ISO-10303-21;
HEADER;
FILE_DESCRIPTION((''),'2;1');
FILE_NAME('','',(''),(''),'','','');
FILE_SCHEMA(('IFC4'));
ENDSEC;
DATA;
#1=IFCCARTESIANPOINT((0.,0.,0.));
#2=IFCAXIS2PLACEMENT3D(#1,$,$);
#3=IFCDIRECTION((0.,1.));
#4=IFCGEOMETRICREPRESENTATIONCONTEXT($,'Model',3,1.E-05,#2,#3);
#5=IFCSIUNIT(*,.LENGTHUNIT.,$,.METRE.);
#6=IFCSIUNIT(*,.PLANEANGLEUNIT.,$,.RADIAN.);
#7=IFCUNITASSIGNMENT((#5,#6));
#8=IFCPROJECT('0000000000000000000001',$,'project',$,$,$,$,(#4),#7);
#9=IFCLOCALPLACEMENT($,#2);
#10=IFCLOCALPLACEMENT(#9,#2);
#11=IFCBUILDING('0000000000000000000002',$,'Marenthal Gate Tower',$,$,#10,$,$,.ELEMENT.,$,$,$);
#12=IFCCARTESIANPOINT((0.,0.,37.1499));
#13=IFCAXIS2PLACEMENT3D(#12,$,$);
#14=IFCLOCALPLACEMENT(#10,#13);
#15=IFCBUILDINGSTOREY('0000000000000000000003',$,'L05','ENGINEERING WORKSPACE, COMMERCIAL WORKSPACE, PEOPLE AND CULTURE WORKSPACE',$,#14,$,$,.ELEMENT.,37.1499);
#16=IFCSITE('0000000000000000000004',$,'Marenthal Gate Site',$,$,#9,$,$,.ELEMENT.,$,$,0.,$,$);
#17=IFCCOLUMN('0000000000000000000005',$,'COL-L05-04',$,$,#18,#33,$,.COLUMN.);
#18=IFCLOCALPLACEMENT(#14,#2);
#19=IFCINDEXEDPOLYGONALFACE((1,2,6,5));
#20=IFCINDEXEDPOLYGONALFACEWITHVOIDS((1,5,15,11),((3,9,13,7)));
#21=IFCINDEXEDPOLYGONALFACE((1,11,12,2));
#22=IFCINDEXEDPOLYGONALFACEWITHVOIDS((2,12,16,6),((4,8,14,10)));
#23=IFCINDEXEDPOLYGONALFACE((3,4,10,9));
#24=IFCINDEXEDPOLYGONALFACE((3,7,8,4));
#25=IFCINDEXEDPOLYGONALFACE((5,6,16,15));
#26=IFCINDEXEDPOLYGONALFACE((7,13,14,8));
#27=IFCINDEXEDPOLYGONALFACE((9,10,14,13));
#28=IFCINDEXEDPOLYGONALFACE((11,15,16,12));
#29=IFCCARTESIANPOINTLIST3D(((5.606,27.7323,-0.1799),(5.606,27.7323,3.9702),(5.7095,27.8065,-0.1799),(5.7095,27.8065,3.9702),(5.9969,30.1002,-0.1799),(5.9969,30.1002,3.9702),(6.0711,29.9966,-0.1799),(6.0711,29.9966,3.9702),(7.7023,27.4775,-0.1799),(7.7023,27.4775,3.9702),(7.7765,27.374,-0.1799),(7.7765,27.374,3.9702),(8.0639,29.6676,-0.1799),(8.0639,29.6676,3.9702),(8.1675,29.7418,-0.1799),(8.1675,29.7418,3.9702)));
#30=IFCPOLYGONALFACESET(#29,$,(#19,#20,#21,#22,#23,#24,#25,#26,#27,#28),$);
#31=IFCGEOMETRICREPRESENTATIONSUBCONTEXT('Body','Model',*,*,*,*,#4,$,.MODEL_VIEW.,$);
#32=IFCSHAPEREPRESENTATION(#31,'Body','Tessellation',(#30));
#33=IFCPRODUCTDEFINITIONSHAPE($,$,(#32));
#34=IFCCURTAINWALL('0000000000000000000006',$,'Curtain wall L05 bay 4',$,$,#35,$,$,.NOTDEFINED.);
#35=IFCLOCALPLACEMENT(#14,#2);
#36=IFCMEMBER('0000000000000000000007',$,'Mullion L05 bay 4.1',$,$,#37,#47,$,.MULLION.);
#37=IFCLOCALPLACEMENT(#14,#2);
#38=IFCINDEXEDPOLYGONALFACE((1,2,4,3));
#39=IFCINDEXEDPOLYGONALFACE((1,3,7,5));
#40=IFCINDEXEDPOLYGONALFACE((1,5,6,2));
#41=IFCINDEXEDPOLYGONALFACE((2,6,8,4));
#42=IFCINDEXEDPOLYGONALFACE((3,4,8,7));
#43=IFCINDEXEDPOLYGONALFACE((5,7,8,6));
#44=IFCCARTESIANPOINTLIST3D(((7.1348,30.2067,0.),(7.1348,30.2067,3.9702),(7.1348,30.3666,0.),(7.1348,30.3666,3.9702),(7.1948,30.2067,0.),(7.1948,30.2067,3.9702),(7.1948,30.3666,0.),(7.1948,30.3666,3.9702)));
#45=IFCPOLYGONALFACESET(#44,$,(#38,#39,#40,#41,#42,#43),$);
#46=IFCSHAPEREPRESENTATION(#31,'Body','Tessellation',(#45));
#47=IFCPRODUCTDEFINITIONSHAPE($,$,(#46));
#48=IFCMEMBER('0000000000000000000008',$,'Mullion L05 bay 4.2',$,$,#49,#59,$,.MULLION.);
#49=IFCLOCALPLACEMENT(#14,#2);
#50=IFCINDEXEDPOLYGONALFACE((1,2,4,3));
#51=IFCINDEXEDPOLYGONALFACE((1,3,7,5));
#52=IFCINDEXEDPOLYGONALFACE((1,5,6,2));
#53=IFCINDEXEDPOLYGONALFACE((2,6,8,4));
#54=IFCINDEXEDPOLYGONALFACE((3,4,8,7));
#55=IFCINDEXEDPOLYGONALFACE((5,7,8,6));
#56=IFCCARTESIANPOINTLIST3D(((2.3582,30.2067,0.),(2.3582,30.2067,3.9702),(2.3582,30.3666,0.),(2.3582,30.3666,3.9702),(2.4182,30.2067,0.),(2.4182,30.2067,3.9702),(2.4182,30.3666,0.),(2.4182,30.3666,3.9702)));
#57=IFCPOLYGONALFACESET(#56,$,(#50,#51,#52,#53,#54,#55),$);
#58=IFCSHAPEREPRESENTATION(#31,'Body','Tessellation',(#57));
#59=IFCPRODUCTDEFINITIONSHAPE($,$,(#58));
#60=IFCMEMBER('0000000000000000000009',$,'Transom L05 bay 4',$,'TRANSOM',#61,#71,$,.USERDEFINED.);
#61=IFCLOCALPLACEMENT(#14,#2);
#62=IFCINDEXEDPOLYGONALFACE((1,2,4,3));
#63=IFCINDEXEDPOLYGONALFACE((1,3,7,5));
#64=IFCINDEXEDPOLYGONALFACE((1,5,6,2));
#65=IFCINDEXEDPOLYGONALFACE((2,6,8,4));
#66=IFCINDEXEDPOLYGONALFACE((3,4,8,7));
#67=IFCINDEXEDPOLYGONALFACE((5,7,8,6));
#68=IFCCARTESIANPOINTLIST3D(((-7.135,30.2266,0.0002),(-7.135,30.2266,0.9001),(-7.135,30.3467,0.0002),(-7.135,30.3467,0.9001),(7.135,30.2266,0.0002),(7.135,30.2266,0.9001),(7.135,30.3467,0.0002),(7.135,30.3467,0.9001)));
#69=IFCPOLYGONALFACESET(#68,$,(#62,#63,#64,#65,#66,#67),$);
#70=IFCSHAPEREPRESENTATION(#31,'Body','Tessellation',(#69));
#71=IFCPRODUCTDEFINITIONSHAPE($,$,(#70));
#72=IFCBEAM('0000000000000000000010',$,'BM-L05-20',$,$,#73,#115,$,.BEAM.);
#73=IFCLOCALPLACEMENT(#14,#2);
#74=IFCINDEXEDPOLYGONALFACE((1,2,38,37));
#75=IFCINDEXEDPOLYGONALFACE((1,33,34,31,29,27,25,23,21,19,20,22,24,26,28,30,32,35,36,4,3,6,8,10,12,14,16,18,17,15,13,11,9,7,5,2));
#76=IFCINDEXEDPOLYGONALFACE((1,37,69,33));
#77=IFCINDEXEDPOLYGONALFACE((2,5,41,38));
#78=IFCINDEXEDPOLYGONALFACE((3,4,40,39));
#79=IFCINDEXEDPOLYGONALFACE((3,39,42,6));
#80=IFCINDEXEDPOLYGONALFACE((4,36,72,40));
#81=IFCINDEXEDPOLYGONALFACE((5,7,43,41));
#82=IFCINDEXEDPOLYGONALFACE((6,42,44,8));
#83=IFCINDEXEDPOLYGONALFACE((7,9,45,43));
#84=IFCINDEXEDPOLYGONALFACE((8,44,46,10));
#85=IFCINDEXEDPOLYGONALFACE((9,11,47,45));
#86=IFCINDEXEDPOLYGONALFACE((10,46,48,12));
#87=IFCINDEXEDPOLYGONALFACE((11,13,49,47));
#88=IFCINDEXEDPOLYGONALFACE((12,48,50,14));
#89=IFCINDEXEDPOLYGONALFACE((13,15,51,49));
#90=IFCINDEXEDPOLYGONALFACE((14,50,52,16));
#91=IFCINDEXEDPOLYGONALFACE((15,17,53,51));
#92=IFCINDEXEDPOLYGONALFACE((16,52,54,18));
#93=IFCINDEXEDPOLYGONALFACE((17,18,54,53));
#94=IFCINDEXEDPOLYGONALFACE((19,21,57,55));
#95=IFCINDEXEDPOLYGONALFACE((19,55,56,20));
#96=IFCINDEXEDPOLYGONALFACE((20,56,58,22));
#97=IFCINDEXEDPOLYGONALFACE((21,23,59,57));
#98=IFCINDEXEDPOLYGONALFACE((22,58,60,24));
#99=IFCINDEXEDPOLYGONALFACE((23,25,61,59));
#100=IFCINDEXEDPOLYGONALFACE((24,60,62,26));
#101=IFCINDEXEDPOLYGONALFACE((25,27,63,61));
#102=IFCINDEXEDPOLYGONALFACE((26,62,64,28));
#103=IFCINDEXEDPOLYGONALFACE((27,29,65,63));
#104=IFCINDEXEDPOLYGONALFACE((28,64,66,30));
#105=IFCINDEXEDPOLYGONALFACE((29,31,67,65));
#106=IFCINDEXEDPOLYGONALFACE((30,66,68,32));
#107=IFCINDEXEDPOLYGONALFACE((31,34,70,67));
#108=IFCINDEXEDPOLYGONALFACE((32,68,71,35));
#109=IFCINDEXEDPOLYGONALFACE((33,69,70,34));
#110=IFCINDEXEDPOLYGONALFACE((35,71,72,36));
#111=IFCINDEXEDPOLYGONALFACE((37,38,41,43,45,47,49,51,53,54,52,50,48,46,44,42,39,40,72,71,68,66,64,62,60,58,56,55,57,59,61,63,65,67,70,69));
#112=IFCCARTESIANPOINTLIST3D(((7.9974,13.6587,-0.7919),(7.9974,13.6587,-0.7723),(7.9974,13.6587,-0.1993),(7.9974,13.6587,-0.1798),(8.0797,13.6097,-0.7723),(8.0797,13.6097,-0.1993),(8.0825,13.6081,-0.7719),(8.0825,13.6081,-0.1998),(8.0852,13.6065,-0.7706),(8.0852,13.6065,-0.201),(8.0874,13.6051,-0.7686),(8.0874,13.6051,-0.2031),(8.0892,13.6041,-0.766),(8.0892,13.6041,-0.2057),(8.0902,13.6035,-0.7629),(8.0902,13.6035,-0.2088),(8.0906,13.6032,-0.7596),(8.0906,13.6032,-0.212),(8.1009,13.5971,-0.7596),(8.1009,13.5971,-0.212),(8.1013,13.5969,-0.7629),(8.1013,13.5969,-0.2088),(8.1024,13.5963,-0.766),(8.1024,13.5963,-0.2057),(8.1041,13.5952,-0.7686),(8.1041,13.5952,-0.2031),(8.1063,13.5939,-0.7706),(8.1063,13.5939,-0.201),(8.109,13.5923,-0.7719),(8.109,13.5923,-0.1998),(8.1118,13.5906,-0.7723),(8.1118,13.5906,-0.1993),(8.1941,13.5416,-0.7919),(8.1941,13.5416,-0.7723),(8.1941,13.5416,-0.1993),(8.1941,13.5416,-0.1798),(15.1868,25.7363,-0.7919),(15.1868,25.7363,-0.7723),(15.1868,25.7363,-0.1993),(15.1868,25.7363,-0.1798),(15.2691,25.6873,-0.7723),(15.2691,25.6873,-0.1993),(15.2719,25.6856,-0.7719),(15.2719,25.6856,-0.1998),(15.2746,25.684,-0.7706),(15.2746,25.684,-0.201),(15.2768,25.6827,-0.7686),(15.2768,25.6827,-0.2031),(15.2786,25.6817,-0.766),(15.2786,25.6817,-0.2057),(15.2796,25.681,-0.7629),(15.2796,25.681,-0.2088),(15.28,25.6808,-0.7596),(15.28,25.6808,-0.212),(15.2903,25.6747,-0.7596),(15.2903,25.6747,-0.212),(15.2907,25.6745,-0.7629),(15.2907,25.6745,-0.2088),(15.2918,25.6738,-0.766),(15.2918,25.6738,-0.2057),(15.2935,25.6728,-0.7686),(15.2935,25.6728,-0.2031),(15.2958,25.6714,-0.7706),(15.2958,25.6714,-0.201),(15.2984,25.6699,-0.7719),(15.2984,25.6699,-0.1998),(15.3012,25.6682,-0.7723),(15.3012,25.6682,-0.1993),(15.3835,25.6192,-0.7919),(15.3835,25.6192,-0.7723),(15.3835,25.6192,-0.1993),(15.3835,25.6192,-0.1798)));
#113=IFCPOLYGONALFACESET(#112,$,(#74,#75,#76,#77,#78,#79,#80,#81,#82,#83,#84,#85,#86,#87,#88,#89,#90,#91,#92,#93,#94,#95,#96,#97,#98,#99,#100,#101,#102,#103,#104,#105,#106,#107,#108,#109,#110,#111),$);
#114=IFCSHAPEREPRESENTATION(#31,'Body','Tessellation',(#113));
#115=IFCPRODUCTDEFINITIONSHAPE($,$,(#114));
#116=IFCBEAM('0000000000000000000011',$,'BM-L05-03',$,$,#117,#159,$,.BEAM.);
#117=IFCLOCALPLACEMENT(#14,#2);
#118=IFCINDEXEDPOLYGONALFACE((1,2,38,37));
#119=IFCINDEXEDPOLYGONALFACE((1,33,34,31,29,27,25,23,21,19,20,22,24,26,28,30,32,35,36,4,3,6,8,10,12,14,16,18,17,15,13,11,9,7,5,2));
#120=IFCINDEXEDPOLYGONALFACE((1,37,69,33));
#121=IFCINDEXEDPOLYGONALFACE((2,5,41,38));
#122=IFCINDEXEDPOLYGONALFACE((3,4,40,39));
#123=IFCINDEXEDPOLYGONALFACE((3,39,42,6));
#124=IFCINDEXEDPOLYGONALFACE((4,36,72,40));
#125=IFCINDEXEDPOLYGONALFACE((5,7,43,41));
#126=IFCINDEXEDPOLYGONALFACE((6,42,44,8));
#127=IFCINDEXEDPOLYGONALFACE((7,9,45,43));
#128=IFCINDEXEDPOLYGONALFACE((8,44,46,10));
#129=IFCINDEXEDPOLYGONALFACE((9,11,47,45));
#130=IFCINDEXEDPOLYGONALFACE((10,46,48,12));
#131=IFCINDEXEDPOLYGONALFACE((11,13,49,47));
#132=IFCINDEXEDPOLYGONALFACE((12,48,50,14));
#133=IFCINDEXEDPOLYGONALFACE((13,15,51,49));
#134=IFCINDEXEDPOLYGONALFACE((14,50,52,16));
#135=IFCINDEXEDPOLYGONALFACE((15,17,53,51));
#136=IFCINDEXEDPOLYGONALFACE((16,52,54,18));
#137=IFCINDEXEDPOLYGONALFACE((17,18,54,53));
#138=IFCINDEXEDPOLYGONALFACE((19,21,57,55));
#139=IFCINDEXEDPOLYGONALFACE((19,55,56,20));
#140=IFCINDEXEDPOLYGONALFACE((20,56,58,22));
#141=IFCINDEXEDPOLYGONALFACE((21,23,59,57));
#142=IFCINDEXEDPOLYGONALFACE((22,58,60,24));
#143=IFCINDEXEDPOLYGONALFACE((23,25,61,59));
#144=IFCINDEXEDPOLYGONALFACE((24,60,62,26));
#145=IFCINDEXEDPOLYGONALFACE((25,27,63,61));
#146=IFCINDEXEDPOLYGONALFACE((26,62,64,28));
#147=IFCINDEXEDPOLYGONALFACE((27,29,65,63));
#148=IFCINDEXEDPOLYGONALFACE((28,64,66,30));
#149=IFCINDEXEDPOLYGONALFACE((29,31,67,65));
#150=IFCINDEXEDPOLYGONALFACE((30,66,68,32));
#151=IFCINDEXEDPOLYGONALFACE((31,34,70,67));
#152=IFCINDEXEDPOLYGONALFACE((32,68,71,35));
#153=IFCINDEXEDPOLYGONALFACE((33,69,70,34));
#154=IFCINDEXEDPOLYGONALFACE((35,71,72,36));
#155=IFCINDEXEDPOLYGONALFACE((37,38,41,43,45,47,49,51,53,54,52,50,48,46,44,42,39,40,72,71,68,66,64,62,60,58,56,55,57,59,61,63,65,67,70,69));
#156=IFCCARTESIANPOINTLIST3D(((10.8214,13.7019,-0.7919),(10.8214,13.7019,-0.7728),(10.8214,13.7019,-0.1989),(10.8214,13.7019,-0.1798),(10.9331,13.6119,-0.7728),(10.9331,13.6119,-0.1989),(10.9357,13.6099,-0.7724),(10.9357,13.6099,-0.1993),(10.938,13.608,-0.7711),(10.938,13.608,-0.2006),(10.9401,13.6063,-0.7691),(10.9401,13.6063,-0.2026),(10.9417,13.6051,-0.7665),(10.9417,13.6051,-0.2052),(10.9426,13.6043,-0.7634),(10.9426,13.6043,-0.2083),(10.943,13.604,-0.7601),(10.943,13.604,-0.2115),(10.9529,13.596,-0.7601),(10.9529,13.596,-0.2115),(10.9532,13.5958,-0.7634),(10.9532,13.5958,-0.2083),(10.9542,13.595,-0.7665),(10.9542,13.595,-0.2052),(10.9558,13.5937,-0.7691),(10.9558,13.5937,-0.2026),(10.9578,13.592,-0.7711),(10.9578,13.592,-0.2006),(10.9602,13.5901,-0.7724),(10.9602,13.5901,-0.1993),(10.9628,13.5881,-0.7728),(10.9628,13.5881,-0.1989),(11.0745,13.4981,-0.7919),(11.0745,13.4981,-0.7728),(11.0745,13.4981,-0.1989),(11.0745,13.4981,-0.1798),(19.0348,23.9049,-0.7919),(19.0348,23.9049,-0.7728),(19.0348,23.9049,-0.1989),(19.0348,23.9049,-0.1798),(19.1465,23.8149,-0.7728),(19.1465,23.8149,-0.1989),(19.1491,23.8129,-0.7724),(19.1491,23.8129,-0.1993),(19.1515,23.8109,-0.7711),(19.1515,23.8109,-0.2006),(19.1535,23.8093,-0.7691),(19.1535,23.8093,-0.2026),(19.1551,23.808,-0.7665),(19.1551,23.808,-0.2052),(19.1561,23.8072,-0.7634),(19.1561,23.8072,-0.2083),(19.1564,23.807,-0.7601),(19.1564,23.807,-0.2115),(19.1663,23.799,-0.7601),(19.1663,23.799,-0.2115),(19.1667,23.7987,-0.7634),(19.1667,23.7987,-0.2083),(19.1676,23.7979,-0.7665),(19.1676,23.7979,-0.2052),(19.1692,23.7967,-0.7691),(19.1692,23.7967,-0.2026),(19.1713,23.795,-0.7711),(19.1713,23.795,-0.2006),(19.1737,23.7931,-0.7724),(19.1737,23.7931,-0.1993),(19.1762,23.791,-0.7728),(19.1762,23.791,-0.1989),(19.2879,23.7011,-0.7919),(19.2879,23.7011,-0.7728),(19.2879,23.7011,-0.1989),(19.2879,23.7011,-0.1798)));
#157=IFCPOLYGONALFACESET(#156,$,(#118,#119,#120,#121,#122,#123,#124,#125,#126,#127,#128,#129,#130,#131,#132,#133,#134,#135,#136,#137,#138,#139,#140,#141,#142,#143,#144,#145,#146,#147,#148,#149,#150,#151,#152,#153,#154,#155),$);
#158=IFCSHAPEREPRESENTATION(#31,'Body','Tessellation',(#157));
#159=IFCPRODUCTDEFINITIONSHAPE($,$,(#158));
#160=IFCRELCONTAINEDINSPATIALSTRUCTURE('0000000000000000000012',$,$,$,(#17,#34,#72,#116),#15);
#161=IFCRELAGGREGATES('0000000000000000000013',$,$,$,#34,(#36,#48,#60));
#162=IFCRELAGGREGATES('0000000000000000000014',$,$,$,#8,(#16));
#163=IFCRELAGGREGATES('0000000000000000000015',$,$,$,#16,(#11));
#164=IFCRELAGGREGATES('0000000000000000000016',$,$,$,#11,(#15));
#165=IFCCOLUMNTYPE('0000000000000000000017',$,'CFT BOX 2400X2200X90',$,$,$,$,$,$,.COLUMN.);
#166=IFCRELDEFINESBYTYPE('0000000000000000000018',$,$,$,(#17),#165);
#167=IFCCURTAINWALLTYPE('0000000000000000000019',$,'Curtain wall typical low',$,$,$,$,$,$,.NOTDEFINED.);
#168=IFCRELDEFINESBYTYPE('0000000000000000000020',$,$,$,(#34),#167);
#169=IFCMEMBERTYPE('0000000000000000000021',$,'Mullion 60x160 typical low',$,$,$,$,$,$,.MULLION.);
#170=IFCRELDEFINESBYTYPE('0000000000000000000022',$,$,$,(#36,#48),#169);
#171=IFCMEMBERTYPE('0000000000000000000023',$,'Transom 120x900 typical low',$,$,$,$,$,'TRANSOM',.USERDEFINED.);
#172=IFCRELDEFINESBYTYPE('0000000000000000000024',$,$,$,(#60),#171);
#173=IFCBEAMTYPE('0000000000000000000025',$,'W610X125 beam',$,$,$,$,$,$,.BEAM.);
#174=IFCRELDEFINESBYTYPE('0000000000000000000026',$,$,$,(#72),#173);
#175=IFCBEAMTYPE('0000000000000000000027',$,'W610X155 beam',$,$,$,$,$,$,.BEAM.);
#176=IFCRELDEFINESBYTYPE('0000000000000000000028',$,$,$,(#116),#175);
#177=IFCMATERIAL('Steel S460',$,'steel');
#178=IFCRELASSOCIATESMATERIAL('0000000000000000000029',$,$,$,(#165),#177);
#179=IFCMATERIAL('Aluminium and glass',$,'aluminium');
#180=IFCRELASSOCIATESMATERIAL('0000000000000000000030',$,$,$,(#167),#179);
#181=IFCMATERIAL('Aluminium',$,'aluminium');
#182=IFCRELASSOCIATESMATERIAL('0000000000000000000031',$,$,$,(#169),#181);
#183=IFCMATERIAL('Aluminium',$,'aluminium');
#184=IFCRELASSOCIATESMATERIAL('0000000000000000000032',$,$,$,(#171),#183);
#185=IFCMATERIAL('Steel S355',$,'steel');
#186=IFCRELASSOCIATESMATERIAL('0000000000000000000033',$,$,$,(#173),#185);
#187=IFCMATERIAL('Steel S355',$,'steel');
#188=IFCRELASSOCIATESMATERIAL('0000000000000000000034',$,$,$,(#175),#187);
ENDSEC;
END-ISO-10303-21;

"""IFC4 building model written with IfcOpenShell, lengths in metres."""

from ifc_helpers import new_model, si_unit, direction, frame, origin, origin_2d, place, context, subcontext, project, spatial, rectangle, hollow_rectangle, i_section, extrude, material, material_profile, profile_set, type_object, element, aggregate, save


model = new_model("IFC4")

# Units and contexts
model_context = context("Model", 3, precision=1e-05, world=origin(), true_north=direction((0.0, 1.0)))
body_context = subcontext(model_context, "Body", "Model", "MODEL_VIEW")
ifc_project = project(units=[si_unit("LENGTHUNIT", "METRE"), si_unit("PLANEANGLEUNIT", "RADIAN")], contexts=[model_context])

# Site, building, storey
site_placement = place(None, origin())
site = spatial("IfcSite", under=ifc_project, at=site_placement, Name="Marenthal Gate Site", CompositionType="ELEMENT", RefElevation=0.0)
building_placement = place(site_placement, origin())
building = spatial("IfcBuilding", under=site, at=building_placement, Name="Marenthal Gate Tower", CompositionType="ELEMENT")
storey_placement = place(building_placement, frame((0.0, 0.0, 37.1499)))
storey = spatial("IfcBuildingStorey", under=building, at=storey_placement, Name="L05", Description="ENGINEERING WORKSPACE, COMMERCIAL WORKSPACE, PEOPLE AND CULTURE WORKSPACE", CompositionType="ELEMENT", Elevation=37.1499)

# Column
ifc_material_1 = material(Name="Steel S460", Category="steel")
ifc_material_profile_1 = material_profile(ifc_material_1, hollow_rectangle(XDim=2.2, YDim=2.3999, WallThickness=0.0901, at=origin_2d()), Name="CFT BOX 2400X2200X90")
ifc_material_2 = material(Name="Concrete 70 MPa", Category="concrete")
ifc_material_profile_2 = material_profile(ifc_material_2, rectangle(XDim=2.02, YDim=2.22, at=origin_2d()), Name="CFT BOX 2400X2200X90 INFILL")
ifc_profile_set_1 = profile_set([ifc_material_profile_1, ifc_material_profile_2], Name="Steel S460 shell, Concrete 70 MPa infill")
column_type = type_object("IfcColumnType", Name="CFT BOX 2400X2200X90", PredefinedType="COLUMN", material=ifc_profile_set_1)
column_placement = place(storey_placement, frame((6.8867, 28.7371, -0.1799), z_axis=(0.0, 0.0, 1.0), x_axis=(0.986643, -0.162897, 0.0)))
element("IfcColumn", 1, at=column_placement, inside=storey, type_object=column_type, Name="COL-L05-04", PredefinedType="COLUMN", context=body_context, shape_type="SweptSolid", body=[
    extrude(hollow_rectangle(XDim=2.2, YDim=2.3999, WallThickness=0.0901, at=origin_2d()), origin(), (0.0, 0.0, 1.0), 4.1501),
])

# Curtain wall, members
ifc_material_3 = material(Name="Aluminium and glass", Category="aluminium")
curtain_wall_type = type_object("IfcCurtainWallType", Name="Curtain wall typical low", PredefinedType="NOTDEFINED", material=ifc_material_3)
curtain_wall_placement = place(storey_placement, origin())
curtain_wall = element("IfcCurtainWall", 2, at=curtain_wall_placement, inside=storey, type_object=curtain_wall_type, Name="Curtain wall L05 bay 4", PredefinedType="NOTDEFINED")
ifc_material_4 = material(Name="Aluminium", Category="aluminium")
ifc_material_profile_3 = material_profile(ifc_material_4, rectangle(XDim=0.1599, YDim=0.0601, at=origin_2d()), Name="60x160 aluminium mullion")
ifc_profile_set_2 = profile_set([ifc_material_profile_3], Name="Aluminium")
member_type_1 = type_object("IfcMemberType", Name="Mullion 60x160 typical low", PredefinedType="MULLION", material=ifc_profile_set_2)
member_1_placement = place(storey_placement, frame((7.1648, 30.2866, 0.0), z_axis=(0.0, 0.0, 1.0), x_axis=(0.0, -1.0, 0.0)))
member_1 = element("IfcMember", 3, at=member_1_placement, type_object=member_type_1, Name="Mullion L05 bay 4.1", PredefinedType="MULLION", context=body_context, shape_type="SweptSolid", body=[
    extrude(rectangle(XDim=0.1599, YDim=0.0601, at=origin_2d()), origin(), (0.0, 0.0, 1.0), 3.9702),
])
member_2_placement = place(storey_placement, frame((2.3882, 30.2866, 0.0), z_axis=(0.0, 0.0, 1.0), x_axis=(0.0, -1.0, 0.0)))
member_2 = element("IfcMember", 4, at=member_2_placement, type_object=member_type_1, Name="Mullion L05 bay 4.2", PredefinedType="MULLION", context=body_context, shape_type="SweptSolid", body=[
    extrude(rectangle(XDim=0.1599, YDim=0.0601, at=origin_2d()), origin(), (0.0, 0.0, 1.0), 3.9702),
])
ifc_material_5 = material(Name="Aluminium", Category="aluminium")
ifc_material_profile_4 = material_profile(ifc_material_5, rectangle(XDim=0.1201, YDim=0.8999, at=origin_2d()), Name="120x900 aluminium transom")
ifc_profile_set_3 = profile_set([ifc_material_profile_4], Name="Aluminium")
member_type_2 = type_object("IfcMemberType", Name="Transom 120x900 typical low", ElementType="TRANSOM", PredefinedType="USERDEFINED", material=ifc_profile_set_3)
member_3_placement = place(storey_placement, frame((7.135, 30.2866, 0.4502), z_axis=(-1.0, 0.0, 0.0), x_axis=(0.0, -1.0, 0.0)))
member_3 = element("IfcMember", 5, at=member_3_placement, type_object=member_type_2, Name="Transom L05 bay 4", ObjectType="TRANSOM", PredefinedType="USERDEFINED", context=body_context, shape_type="SweptSolid", body=[
    extrude(rectangle(XDim=0.1201, YDim=0.8999, at=origin_2d()), origin(), (0.0, 0.0, 1.0), 14.27),
])

# Beams
ifc_material_6 = material(Name="Steel S355", Category="steel")
ifc_material_profile_5 = material_profile(ifc_material_6, i_section(OverallWidth=0.229, OverallDepth=0.6121, WebThickness=0.012, FlangeThickness=0.0195, FilletRadius=0.0127, at=origin_2d()), Name="W610X125")
ifc_profile_set_4 = profile_set([ifc_material_profile_5], Name="Steel S355")
beam_type_1 = type_object("IfcBeamType", Name="W610X125 beam", PredefinedType="BEAM", material=ifc_profile_set_4)
beam_1_placement = place(storey_placement, frame((15.2852, 25.6777, -0.4858), z_axis=(-0.511504, -0.859281, 0.0), x_axis=(0.859281, -0.511504, 0.0)))
element("IfcBeam", 6, at=beam_1_placement, inside=storey, type_object=beam_type_1, Name="BM-L05-20", PredefinedType="BEAM", context=body_context, shape_type="SweptSolid", body=[
    extrude(i_section(OverallWidth=0.229, OverallDepth=0.6121, WebThickness=0.012, FlangeThickness=0.0195, FilletRadius=0.0127, at=origin_2d()), origin(), (0.0, 0.0, 1.0), 14.0554),
])
ifc_material_7 = material(Name="Steel S355", Category="steel")
ifc_material_profile_6 = material_profile(ifc_material_7, i_section(OverallWidth=0.325, OverallDepth=0.6121, WebThickness=0.0127, FlangeThickness=0.019, FilletRadius=0.0127, at=origin_2d()), Name="W610X155")
ifc_profile_set_5 = profile_set([ifc_material_profile_6], Name="Steel S355")
beam_type_2 = type_object("IfcBeamType", Name="W610X155 beam", PredefinedType="BEAM", material=ifc_profile_set_5)
beam_2_placement = place(storey_placement, frame((19.1614, 23.803, -0.4858), z_axis=(-0.62707, -0.778963, 0.0), x_axis=(0.778963, -0.62707, 0.0)))
element("IfcBeam", 7, at=beam_2_placement, inside=storey, type_object=beam_type_2, Name="BM-L05-03", PredefinedType="BEAM", context=body_context, shape_type="SweptSolid", body=[
    extrude(i_section(OverallWidth=0.325, OverallDepth=0.6121, WebThickness=0.0127, FlangeThickness=0.019, FilletRadius=0.0127, at=origin_2d()), origin(), (0.0, 0.0, 1.0), 13.0981),
])

aggregate(curtain_wall, [member_1, member_2, member_3])

save(model, "model.ifc")
